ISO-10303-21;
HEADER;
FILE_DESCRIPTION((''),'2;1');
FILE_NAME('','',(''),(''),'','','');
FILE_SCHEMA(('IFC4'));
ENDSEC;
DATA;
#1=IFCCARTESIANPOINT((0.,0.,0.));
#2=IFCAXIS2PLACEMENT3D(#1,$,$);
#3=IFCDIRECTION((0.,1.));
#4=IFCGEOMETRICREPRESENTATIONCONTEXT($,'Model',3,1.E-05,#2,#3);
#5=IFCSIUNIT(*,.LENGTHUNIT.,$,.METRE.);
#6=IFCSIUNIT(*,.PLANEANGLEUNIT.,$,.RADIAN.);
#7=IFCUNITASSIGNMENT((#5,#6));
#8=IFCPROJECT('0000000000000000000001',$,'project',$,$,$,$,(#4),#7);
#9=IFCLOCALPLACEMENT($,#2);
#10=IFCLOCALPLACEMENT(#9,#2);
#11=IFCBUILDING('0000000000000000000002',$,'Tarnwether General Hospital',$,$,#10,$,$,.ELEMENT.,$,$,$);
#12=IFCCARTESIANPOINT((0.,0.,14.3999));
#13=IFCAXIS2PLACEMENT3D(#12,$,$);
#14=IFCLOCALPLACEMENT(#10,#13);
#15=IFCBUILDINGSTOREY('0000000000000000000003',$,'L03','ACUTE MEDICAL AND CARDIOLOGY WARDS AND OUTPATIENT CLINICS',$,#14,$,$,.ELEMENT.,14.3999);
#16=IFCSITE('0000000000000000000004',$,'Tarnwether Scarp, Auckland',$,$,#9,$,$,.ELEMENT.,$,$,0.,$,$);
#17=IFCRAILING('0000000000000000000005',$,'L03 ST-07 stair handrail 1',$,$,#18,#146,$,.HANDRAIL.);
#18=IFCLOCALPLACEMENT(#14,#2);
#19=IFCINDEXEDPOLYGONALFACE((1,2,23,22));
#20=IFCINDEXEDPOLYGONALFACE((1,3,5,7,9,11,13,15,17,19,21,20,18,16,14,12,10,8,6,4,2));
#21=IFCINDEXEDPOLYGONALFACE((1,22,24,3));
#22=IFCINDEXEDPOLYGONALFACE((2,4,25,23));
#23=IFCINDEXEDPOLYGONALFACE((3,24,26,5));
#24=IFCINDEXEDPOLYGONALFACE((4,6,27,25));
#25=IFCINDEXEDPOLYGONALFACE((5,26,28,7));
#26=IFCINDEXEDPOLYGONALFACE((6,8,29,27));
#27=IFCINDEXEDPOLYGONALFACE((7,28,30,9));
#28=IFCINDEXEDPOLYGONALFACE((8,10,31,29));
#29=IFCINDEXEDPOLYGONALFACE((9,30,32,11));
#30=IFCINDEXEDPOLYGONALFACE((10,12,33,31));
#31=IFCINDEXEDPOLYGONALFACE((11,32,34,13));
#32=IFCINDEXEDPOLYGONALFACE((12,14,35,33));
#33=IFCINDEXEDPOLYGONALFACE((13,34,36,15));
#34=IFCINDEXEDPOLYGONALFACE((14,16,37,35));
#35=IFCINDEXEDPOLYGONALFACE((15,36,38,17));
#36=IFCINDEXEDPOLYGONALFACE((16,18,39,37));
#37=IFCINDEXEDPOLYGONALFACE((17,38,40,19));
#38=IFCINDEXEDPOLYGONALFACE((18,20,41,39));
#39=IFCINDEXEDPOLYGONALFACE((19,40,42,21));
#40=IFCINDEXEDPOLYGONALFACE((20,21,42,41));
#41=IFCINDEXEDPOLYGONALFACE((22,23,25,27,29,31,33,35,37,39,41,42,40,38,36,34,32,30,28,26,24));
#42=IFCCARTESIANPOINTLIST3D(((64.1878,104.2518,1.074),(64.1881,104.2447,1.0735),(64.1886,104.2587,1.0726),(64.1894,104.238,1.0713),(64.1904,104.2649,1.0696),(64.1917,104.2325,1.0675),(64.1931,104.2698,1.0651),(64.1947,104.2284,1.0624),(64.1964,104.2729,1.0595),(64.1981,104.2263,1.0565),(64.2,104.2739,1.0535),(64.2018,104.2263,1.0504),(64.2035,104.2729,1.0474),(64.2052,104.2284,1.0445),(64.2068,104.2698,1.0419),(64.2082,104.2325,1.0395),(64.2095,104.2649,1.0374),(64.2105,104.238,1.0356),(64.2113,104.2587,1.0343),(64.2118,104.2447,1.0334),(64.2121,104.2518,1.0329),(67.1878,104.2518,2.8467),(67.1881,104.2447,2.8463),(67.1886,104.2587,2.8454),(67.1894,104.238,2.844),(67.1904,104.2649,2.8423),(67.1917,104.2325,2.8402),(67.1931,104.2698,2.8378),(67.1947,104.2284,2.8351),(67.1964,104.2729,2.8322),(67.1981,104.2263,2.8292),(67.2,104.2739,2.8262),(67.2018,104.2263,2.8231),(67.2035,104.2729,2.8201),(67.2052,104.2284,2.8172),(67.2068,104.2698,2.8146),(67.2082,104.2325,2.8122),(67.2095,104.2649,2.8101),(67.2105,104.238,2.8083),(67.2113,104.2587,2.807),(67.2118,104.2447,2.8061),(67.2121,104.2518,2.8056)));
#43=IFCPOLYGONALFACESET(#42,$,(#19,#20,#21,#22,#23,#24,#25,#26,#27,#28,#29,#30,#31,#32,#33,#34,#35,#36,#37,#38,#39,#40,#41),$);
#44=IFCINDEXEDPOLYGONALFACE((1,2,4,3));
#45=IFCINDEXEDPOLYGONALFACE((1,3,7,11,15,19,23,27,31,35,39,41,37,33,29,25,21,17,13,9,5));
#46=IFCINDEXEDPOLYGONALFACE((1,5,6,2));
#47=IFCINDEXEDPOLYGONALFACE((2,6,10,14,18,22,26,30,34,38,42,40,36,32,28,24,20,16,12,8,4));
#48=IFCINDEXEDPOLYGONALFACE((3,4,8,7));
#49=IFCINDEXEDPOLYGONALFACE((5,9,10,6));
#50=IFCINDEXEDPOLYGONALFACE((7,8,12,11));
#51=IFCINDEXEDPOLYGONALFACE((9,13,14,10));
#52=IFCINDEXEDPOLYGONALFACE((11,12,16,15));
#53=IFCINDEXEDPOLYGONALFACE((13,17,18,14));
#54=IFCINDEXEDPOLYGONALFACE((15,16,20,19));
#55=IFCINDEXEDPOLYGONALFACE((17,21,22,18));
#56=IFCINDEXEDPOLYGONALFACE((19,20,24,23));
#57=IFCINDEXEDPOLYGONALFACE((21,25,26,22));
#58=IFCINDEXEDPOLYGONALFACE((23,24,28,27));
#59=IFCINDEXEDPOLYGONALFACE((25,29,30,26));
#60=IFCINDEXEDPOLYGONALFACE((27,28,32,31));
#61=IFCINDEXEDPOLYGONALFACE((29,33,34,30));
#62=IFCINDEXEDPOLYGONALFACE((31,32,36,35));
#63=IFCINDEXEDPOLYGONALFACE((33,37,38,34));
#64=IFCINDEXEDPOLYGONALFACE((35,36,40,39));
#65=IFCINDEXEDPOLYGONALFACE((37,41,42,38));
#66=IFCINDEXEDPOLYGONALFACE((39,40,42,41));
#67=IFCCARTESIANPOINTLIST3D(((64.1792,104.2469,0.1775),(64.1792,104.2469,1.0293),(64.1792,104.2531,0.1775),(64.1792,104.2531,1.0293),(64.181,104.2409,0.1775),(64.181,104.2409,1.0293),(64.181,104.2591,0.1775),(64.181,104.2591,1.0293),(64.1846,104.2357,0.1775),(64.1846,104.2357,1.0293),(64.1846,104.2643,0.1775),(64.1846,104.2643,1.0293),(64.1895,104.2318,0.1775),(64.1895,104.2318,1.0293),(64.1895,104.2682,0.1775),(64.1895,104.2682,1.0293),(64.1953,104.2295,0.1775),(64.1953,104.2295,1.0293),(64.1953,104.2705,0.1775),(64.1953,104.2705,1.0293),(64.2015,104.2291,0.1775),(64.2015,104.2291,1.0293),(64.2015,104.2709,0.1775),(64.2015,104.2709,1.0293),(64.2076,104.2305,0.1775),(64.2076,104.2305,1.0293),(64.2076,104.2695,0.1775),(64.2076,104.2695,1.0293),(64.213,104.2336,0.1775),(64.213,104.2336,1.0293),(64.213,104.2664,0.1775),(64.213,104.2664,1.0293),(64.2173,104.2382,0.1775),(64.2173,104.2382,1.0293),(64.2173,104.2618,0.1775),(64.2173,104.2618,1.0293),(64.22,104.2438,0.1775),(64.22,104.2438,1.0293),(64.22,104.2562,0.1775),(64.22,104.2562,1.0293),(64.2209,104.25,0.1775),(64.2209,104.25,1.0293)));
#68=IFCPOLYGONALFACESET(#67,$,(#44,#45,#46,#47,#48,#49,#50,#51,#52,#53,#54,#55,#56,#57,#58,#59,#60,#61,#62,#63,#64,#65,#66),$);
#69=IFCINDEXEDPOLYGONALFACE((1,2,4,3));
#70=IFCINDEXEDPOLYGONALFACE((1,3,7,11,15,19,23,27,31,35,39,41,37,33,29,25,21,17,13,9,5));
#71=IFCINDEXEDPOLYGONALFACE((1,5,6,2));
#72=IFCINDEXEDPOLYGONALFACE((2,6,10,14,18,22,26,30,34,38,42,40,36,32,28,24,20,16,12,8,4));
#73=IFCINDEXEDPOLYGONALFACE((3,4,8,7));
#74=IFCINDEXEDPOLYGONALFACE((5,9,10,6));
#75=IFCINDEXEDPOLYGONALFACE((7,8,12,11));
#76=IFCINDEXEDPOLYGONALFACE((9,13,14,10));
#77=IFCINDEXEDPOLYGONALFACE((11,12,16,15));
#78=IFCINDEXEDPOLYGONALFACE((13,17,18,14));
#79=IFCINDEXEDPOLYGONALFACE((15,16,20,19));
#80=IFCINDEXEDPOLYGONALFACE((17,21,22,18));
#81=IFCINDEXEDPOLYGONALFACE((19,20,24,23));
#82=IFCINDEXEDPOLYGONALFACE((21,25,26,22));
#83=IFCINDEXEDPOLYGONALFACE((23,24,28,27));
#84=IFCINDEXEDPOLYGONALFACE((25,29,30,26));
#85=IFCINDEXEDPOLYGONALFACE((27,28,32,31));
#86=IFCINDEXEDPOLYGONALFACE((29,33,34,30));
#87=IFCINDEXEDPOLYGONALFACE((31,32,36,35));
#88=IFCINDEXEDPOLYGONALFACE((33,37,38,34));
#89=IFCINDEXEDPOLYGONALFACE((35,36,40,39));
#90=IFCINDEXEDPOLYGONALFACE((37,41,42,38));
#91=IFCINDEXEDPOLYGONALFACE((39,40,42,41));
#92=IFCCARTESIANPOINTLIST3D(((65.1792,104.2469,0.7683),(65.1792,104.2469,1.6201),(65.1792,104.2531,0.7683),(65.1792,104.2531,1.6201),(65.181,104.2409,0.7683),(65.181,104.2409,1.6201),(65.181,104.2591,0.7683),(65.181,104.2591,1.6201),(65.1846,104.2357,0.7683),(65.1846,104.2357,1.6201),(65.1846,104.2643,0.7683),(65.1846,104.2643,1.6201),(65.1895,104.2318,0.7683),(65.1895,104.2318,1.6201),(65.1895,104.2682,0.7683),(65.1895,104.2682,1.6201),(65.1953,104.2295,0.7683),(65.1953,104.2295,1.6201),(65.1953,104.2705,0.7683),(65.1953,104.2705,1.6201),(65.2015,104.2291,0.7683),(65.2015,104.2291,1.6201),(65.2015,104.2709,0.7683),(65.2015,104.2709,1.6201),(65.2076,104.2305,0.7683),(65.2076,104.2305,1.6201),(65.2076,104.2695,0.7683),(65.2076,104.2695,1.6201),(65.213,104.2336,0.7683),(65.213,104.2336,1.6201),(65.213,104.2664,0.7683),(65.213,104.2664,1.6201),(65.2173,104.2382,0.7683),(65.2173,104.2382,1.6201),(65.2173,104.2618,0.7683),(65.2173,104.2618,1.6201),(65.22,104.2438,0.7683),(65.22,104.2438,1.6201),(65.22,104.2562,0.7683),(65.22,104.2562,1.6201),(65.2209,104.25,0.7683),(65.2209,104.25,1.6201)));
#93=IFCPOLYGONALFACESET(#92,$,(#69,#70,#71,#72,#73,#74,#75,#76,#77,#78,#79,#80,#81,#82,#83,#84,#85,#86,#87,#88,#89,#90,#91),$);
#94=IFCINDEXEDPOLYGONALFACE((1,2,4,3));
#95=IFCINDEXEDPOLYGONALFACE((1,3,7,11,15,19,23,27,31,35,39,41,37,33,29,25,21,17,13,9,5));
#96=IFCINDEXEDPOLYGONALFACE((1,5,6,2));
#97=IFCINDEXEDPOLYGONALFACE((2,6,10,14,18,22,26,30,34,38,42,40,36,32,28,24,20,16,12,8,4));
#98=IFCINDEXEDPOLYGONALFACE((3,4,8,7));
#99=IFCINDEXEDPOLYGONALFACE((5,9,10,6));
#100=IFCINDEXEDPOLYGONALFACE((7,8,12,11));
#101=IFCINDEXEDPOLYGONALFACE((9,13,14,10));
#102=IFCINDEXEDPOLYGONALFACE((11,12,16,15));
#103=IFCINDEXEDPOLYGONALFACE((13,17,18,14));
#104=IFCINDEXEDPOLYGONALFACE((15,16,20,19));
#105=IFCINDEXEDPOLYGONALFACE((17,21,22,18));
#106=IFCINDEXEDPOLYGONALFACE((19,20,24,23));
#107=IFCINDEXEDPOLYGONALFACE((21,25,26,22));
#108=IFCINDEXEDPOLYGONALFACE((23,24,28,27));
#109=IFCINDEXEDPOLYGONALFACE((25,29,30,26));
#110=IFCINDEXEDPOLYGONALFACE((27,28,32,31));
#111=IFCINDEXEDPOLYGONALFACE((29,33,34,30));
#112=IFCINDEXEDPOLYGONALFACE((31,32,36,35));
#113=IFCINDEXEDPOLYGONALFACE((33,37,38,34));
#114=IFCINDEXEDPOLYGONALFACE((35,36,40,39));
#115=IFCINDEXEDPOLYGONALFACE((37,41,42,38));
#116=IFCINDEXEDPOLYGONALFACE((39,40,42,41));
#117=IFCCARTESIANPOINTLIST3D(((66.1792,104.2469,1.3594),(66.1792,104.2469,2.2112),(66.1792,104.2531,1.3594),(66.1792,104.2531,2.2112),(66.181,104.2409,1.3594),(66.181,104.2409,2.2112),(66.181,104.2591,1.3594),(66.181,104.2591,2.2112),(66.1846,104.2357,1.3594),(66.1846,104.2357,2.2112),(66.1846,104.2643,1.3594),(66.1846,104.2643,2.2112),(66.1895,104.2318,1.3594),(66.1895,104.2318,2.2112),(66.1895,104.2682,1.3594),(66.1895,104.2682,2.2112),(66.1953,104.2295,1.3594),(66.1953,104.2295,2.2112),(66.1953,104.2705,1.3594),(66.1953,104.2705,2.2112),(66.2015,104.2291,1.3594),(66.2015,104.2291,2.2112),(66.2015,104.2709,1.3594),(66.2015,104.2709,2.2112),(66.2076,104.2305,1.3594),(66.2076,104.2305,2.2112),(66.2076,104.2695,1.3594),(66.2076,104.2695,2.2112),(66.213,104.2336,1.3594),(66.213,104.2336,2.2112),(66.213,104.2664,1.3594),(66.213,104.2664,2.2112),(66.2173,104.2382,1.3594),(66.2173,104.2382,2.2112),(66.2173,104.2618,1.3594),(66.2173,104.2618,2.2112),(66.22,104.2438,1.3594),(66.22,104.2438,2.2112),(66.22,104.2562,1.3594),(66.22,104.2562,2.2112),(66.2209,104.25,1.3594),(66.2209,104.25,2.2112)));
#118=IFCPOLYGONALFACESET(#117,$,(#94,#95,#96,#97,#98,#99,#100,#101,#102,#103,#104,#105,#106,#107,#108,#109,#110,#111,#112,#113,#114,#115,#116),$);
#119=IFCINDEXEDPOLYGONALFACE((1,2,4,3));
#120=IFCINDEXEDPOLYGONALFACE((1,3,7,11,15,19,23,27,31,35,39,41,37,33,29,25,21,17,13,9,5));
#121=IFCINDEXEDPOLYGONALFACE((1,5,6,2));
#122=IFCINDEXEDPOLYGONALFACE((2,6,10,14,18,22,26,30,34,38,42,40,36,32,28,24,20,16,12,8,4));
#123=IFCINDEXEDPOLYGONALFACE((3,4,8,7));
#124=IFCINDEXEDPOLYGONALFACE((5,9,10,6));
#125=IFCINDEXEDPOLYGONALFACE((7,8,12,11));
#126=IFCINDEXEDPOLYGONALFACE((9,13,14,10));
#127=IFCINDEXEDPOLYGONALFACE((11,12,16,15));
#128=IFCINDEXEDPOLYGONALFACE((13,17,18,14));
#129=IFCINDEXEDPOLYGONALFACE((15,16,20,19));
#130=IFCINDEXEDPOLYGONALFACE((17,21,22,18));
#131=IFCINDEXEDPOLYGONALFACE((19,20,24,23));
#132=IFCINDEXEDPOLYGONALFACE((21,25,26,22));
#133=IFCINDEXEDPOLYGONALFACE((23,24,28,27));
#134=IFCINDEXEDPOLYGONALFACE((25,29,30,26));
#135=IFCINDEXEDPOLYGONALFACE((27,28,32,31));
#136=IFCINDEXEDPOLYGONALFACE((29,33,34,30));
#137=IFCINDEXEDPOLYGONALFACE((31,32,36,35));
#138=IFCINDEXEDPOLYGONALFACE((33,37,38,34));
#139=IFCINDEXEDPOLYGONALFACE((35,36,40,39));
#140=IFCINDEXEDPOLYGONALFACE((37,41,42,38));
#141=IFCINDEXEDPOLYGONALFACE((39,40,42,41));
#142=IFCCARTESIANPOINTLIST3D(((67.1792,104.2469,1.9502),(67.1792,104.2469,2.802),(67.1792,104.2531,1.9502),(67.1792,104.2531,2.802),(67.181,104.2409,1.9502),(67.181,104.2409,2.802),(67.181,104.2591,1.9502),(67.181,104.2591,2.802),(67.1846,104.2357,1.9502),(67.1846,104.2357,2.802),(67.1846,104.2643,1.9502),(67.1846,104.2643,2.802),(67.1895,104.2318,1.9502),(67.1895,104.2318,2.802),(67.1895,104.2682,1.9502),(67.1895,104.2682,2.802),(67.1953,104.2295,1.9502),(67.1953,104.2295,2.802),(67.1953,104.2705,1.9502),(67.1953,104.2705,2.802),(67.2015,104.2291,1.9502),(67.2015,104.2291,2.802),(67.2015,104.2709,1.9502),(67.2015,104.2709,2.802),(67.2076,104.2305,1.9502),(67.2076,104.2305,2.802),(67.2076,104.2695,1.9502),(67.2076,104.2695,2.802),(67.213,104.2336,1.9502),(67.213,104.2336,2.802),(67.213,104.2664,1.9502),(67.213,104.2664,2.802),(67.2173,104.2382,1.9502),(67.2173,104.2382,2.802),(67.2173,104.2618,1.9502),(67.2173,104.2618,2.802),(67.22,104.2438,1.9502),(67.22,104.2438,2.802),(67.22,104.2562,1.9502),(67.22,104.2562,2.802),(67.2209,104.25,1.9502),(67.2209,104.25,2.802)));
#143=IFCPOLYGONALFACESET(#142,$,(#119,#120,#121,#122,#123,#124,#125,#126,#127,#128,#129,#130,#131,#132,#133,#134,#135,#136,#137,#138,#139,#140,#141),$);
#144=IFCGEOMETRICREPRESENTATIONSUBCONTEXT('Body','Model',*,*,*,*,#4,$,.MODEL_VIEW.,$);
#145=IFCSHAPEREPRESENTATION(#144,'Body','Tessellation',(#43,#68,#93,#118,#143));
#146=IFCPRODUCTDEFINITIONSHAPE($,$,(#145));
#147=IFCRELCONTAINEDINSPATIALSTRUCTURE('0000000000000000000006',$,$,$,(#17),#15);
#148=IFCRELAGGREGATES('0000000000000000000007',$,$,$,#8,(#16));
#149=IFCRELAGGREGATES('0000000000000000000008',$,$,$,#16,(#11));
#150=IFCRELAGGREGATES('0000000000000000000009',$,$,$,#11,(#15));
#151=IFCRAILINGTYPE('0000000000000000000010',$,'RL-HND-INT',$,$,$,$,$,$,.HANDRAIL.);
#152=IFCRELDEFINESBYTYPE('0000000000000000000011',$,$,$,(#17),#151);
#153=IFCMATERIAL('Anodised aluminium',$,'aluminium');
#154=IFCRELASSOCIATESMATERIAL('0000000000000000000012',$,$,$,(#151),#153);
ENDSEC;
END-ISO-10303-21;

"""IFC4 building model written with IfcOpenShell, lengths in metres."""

from ifc_helpers import new_model, si_unit, direction, frame, origin, origin_2d, place, context, subcontext, project, spatial, circle, extrude, material, type_object, element, save


model = new_model("IFC4")

# Units and contexts
model_context = context("Model", 3, precision=1e-05, world=origin(), true_north=direction((0.0, 1.0)))
body_context = subcontext(model_context, "Body", "Model", "MODEL_VIEW")
ifc_project = project(units=[si_unit("LENGTHUNIT", "METRE"), si_unit("PLANEANGLEUNIT", "RADIAN")], contexts=[model_context])

# Site, building, storey
site_placement = place(None, origin())
site = spatial("IfcSite", under=ifc_project, at=site_placement, Name="Tarnwether Scarp, Auckland", CompositionType="ELEMENT", RefElevation=0.0)
building_placement = place(site_placement, origin())
building = spatial("IfcBuilding", under=site, at=building_placement, Name="Tarnwether General Hospital", CompositionType="ELEMENT")
storey_placement = place(building_placement, frame((0.0, 0.0, 14.3999)))
storey = spatial("IfcBuildingStorey", under=building, at=storey_placement, Name="L03", Description="ACUTE MEDICAL AND CARDIOLOGY WARDS AND OUTPATIENT CLINICS", CompositionType="ELEMENT", Elevation=14.3999)

# Railing
ifc_material_1 = material(Name="Anodised aluminium", Category="aluminium")
railing_type_1 = type_object("IfcRailingType", Name="RL-HND-INT", PredefinedType="HANDRAIL", material=ifc_material_1)
railing_1_placement = place(storey_placement, frame((64.2, 104.25, 0.1775)))
element("IfcRailing", 1, at=railing_1_placement, inside=storey, type_object=railing_type_1, Name="L03 ST-07 stair handrail 1", PredefinedType="HANDRAIL", context=body_context, shape_type="SweptSolid", body=[
    extrude(circle(Radius=0.0239, at=origin_2d()), frame((0.0, 0.0, 0.876), z_axis=(0.860929, 0.0, 0.508725), x_axis=(0.0, 1.0, 0.0)), (0.0, 0.0, 1.0), 3.4846),
    extrude(circle(Radius=0.021, at=origin_2d()), origin(), (0.0, 0.0, 1.0), 0.8518),
    extrude(circle(Radius=0.021, at=origin_2d()), frame((1.0, 0.0, 0.5908)), (0.0, 0.0, 1.0), 0.8518),
    extrude(circle(Radius=0.021, at=origin_2d()), frame((2.0, 0.0, 1.1819)), (0.0, 0.0, 1.0), 0.8518),
    extrude(circle(Radius=0.021, at=origin_2d()), frame((3.0, 0.0, 1.7727)), (0.0, 0.0, 1.0), 0.8518),
])

save(model, "model.ifc")
